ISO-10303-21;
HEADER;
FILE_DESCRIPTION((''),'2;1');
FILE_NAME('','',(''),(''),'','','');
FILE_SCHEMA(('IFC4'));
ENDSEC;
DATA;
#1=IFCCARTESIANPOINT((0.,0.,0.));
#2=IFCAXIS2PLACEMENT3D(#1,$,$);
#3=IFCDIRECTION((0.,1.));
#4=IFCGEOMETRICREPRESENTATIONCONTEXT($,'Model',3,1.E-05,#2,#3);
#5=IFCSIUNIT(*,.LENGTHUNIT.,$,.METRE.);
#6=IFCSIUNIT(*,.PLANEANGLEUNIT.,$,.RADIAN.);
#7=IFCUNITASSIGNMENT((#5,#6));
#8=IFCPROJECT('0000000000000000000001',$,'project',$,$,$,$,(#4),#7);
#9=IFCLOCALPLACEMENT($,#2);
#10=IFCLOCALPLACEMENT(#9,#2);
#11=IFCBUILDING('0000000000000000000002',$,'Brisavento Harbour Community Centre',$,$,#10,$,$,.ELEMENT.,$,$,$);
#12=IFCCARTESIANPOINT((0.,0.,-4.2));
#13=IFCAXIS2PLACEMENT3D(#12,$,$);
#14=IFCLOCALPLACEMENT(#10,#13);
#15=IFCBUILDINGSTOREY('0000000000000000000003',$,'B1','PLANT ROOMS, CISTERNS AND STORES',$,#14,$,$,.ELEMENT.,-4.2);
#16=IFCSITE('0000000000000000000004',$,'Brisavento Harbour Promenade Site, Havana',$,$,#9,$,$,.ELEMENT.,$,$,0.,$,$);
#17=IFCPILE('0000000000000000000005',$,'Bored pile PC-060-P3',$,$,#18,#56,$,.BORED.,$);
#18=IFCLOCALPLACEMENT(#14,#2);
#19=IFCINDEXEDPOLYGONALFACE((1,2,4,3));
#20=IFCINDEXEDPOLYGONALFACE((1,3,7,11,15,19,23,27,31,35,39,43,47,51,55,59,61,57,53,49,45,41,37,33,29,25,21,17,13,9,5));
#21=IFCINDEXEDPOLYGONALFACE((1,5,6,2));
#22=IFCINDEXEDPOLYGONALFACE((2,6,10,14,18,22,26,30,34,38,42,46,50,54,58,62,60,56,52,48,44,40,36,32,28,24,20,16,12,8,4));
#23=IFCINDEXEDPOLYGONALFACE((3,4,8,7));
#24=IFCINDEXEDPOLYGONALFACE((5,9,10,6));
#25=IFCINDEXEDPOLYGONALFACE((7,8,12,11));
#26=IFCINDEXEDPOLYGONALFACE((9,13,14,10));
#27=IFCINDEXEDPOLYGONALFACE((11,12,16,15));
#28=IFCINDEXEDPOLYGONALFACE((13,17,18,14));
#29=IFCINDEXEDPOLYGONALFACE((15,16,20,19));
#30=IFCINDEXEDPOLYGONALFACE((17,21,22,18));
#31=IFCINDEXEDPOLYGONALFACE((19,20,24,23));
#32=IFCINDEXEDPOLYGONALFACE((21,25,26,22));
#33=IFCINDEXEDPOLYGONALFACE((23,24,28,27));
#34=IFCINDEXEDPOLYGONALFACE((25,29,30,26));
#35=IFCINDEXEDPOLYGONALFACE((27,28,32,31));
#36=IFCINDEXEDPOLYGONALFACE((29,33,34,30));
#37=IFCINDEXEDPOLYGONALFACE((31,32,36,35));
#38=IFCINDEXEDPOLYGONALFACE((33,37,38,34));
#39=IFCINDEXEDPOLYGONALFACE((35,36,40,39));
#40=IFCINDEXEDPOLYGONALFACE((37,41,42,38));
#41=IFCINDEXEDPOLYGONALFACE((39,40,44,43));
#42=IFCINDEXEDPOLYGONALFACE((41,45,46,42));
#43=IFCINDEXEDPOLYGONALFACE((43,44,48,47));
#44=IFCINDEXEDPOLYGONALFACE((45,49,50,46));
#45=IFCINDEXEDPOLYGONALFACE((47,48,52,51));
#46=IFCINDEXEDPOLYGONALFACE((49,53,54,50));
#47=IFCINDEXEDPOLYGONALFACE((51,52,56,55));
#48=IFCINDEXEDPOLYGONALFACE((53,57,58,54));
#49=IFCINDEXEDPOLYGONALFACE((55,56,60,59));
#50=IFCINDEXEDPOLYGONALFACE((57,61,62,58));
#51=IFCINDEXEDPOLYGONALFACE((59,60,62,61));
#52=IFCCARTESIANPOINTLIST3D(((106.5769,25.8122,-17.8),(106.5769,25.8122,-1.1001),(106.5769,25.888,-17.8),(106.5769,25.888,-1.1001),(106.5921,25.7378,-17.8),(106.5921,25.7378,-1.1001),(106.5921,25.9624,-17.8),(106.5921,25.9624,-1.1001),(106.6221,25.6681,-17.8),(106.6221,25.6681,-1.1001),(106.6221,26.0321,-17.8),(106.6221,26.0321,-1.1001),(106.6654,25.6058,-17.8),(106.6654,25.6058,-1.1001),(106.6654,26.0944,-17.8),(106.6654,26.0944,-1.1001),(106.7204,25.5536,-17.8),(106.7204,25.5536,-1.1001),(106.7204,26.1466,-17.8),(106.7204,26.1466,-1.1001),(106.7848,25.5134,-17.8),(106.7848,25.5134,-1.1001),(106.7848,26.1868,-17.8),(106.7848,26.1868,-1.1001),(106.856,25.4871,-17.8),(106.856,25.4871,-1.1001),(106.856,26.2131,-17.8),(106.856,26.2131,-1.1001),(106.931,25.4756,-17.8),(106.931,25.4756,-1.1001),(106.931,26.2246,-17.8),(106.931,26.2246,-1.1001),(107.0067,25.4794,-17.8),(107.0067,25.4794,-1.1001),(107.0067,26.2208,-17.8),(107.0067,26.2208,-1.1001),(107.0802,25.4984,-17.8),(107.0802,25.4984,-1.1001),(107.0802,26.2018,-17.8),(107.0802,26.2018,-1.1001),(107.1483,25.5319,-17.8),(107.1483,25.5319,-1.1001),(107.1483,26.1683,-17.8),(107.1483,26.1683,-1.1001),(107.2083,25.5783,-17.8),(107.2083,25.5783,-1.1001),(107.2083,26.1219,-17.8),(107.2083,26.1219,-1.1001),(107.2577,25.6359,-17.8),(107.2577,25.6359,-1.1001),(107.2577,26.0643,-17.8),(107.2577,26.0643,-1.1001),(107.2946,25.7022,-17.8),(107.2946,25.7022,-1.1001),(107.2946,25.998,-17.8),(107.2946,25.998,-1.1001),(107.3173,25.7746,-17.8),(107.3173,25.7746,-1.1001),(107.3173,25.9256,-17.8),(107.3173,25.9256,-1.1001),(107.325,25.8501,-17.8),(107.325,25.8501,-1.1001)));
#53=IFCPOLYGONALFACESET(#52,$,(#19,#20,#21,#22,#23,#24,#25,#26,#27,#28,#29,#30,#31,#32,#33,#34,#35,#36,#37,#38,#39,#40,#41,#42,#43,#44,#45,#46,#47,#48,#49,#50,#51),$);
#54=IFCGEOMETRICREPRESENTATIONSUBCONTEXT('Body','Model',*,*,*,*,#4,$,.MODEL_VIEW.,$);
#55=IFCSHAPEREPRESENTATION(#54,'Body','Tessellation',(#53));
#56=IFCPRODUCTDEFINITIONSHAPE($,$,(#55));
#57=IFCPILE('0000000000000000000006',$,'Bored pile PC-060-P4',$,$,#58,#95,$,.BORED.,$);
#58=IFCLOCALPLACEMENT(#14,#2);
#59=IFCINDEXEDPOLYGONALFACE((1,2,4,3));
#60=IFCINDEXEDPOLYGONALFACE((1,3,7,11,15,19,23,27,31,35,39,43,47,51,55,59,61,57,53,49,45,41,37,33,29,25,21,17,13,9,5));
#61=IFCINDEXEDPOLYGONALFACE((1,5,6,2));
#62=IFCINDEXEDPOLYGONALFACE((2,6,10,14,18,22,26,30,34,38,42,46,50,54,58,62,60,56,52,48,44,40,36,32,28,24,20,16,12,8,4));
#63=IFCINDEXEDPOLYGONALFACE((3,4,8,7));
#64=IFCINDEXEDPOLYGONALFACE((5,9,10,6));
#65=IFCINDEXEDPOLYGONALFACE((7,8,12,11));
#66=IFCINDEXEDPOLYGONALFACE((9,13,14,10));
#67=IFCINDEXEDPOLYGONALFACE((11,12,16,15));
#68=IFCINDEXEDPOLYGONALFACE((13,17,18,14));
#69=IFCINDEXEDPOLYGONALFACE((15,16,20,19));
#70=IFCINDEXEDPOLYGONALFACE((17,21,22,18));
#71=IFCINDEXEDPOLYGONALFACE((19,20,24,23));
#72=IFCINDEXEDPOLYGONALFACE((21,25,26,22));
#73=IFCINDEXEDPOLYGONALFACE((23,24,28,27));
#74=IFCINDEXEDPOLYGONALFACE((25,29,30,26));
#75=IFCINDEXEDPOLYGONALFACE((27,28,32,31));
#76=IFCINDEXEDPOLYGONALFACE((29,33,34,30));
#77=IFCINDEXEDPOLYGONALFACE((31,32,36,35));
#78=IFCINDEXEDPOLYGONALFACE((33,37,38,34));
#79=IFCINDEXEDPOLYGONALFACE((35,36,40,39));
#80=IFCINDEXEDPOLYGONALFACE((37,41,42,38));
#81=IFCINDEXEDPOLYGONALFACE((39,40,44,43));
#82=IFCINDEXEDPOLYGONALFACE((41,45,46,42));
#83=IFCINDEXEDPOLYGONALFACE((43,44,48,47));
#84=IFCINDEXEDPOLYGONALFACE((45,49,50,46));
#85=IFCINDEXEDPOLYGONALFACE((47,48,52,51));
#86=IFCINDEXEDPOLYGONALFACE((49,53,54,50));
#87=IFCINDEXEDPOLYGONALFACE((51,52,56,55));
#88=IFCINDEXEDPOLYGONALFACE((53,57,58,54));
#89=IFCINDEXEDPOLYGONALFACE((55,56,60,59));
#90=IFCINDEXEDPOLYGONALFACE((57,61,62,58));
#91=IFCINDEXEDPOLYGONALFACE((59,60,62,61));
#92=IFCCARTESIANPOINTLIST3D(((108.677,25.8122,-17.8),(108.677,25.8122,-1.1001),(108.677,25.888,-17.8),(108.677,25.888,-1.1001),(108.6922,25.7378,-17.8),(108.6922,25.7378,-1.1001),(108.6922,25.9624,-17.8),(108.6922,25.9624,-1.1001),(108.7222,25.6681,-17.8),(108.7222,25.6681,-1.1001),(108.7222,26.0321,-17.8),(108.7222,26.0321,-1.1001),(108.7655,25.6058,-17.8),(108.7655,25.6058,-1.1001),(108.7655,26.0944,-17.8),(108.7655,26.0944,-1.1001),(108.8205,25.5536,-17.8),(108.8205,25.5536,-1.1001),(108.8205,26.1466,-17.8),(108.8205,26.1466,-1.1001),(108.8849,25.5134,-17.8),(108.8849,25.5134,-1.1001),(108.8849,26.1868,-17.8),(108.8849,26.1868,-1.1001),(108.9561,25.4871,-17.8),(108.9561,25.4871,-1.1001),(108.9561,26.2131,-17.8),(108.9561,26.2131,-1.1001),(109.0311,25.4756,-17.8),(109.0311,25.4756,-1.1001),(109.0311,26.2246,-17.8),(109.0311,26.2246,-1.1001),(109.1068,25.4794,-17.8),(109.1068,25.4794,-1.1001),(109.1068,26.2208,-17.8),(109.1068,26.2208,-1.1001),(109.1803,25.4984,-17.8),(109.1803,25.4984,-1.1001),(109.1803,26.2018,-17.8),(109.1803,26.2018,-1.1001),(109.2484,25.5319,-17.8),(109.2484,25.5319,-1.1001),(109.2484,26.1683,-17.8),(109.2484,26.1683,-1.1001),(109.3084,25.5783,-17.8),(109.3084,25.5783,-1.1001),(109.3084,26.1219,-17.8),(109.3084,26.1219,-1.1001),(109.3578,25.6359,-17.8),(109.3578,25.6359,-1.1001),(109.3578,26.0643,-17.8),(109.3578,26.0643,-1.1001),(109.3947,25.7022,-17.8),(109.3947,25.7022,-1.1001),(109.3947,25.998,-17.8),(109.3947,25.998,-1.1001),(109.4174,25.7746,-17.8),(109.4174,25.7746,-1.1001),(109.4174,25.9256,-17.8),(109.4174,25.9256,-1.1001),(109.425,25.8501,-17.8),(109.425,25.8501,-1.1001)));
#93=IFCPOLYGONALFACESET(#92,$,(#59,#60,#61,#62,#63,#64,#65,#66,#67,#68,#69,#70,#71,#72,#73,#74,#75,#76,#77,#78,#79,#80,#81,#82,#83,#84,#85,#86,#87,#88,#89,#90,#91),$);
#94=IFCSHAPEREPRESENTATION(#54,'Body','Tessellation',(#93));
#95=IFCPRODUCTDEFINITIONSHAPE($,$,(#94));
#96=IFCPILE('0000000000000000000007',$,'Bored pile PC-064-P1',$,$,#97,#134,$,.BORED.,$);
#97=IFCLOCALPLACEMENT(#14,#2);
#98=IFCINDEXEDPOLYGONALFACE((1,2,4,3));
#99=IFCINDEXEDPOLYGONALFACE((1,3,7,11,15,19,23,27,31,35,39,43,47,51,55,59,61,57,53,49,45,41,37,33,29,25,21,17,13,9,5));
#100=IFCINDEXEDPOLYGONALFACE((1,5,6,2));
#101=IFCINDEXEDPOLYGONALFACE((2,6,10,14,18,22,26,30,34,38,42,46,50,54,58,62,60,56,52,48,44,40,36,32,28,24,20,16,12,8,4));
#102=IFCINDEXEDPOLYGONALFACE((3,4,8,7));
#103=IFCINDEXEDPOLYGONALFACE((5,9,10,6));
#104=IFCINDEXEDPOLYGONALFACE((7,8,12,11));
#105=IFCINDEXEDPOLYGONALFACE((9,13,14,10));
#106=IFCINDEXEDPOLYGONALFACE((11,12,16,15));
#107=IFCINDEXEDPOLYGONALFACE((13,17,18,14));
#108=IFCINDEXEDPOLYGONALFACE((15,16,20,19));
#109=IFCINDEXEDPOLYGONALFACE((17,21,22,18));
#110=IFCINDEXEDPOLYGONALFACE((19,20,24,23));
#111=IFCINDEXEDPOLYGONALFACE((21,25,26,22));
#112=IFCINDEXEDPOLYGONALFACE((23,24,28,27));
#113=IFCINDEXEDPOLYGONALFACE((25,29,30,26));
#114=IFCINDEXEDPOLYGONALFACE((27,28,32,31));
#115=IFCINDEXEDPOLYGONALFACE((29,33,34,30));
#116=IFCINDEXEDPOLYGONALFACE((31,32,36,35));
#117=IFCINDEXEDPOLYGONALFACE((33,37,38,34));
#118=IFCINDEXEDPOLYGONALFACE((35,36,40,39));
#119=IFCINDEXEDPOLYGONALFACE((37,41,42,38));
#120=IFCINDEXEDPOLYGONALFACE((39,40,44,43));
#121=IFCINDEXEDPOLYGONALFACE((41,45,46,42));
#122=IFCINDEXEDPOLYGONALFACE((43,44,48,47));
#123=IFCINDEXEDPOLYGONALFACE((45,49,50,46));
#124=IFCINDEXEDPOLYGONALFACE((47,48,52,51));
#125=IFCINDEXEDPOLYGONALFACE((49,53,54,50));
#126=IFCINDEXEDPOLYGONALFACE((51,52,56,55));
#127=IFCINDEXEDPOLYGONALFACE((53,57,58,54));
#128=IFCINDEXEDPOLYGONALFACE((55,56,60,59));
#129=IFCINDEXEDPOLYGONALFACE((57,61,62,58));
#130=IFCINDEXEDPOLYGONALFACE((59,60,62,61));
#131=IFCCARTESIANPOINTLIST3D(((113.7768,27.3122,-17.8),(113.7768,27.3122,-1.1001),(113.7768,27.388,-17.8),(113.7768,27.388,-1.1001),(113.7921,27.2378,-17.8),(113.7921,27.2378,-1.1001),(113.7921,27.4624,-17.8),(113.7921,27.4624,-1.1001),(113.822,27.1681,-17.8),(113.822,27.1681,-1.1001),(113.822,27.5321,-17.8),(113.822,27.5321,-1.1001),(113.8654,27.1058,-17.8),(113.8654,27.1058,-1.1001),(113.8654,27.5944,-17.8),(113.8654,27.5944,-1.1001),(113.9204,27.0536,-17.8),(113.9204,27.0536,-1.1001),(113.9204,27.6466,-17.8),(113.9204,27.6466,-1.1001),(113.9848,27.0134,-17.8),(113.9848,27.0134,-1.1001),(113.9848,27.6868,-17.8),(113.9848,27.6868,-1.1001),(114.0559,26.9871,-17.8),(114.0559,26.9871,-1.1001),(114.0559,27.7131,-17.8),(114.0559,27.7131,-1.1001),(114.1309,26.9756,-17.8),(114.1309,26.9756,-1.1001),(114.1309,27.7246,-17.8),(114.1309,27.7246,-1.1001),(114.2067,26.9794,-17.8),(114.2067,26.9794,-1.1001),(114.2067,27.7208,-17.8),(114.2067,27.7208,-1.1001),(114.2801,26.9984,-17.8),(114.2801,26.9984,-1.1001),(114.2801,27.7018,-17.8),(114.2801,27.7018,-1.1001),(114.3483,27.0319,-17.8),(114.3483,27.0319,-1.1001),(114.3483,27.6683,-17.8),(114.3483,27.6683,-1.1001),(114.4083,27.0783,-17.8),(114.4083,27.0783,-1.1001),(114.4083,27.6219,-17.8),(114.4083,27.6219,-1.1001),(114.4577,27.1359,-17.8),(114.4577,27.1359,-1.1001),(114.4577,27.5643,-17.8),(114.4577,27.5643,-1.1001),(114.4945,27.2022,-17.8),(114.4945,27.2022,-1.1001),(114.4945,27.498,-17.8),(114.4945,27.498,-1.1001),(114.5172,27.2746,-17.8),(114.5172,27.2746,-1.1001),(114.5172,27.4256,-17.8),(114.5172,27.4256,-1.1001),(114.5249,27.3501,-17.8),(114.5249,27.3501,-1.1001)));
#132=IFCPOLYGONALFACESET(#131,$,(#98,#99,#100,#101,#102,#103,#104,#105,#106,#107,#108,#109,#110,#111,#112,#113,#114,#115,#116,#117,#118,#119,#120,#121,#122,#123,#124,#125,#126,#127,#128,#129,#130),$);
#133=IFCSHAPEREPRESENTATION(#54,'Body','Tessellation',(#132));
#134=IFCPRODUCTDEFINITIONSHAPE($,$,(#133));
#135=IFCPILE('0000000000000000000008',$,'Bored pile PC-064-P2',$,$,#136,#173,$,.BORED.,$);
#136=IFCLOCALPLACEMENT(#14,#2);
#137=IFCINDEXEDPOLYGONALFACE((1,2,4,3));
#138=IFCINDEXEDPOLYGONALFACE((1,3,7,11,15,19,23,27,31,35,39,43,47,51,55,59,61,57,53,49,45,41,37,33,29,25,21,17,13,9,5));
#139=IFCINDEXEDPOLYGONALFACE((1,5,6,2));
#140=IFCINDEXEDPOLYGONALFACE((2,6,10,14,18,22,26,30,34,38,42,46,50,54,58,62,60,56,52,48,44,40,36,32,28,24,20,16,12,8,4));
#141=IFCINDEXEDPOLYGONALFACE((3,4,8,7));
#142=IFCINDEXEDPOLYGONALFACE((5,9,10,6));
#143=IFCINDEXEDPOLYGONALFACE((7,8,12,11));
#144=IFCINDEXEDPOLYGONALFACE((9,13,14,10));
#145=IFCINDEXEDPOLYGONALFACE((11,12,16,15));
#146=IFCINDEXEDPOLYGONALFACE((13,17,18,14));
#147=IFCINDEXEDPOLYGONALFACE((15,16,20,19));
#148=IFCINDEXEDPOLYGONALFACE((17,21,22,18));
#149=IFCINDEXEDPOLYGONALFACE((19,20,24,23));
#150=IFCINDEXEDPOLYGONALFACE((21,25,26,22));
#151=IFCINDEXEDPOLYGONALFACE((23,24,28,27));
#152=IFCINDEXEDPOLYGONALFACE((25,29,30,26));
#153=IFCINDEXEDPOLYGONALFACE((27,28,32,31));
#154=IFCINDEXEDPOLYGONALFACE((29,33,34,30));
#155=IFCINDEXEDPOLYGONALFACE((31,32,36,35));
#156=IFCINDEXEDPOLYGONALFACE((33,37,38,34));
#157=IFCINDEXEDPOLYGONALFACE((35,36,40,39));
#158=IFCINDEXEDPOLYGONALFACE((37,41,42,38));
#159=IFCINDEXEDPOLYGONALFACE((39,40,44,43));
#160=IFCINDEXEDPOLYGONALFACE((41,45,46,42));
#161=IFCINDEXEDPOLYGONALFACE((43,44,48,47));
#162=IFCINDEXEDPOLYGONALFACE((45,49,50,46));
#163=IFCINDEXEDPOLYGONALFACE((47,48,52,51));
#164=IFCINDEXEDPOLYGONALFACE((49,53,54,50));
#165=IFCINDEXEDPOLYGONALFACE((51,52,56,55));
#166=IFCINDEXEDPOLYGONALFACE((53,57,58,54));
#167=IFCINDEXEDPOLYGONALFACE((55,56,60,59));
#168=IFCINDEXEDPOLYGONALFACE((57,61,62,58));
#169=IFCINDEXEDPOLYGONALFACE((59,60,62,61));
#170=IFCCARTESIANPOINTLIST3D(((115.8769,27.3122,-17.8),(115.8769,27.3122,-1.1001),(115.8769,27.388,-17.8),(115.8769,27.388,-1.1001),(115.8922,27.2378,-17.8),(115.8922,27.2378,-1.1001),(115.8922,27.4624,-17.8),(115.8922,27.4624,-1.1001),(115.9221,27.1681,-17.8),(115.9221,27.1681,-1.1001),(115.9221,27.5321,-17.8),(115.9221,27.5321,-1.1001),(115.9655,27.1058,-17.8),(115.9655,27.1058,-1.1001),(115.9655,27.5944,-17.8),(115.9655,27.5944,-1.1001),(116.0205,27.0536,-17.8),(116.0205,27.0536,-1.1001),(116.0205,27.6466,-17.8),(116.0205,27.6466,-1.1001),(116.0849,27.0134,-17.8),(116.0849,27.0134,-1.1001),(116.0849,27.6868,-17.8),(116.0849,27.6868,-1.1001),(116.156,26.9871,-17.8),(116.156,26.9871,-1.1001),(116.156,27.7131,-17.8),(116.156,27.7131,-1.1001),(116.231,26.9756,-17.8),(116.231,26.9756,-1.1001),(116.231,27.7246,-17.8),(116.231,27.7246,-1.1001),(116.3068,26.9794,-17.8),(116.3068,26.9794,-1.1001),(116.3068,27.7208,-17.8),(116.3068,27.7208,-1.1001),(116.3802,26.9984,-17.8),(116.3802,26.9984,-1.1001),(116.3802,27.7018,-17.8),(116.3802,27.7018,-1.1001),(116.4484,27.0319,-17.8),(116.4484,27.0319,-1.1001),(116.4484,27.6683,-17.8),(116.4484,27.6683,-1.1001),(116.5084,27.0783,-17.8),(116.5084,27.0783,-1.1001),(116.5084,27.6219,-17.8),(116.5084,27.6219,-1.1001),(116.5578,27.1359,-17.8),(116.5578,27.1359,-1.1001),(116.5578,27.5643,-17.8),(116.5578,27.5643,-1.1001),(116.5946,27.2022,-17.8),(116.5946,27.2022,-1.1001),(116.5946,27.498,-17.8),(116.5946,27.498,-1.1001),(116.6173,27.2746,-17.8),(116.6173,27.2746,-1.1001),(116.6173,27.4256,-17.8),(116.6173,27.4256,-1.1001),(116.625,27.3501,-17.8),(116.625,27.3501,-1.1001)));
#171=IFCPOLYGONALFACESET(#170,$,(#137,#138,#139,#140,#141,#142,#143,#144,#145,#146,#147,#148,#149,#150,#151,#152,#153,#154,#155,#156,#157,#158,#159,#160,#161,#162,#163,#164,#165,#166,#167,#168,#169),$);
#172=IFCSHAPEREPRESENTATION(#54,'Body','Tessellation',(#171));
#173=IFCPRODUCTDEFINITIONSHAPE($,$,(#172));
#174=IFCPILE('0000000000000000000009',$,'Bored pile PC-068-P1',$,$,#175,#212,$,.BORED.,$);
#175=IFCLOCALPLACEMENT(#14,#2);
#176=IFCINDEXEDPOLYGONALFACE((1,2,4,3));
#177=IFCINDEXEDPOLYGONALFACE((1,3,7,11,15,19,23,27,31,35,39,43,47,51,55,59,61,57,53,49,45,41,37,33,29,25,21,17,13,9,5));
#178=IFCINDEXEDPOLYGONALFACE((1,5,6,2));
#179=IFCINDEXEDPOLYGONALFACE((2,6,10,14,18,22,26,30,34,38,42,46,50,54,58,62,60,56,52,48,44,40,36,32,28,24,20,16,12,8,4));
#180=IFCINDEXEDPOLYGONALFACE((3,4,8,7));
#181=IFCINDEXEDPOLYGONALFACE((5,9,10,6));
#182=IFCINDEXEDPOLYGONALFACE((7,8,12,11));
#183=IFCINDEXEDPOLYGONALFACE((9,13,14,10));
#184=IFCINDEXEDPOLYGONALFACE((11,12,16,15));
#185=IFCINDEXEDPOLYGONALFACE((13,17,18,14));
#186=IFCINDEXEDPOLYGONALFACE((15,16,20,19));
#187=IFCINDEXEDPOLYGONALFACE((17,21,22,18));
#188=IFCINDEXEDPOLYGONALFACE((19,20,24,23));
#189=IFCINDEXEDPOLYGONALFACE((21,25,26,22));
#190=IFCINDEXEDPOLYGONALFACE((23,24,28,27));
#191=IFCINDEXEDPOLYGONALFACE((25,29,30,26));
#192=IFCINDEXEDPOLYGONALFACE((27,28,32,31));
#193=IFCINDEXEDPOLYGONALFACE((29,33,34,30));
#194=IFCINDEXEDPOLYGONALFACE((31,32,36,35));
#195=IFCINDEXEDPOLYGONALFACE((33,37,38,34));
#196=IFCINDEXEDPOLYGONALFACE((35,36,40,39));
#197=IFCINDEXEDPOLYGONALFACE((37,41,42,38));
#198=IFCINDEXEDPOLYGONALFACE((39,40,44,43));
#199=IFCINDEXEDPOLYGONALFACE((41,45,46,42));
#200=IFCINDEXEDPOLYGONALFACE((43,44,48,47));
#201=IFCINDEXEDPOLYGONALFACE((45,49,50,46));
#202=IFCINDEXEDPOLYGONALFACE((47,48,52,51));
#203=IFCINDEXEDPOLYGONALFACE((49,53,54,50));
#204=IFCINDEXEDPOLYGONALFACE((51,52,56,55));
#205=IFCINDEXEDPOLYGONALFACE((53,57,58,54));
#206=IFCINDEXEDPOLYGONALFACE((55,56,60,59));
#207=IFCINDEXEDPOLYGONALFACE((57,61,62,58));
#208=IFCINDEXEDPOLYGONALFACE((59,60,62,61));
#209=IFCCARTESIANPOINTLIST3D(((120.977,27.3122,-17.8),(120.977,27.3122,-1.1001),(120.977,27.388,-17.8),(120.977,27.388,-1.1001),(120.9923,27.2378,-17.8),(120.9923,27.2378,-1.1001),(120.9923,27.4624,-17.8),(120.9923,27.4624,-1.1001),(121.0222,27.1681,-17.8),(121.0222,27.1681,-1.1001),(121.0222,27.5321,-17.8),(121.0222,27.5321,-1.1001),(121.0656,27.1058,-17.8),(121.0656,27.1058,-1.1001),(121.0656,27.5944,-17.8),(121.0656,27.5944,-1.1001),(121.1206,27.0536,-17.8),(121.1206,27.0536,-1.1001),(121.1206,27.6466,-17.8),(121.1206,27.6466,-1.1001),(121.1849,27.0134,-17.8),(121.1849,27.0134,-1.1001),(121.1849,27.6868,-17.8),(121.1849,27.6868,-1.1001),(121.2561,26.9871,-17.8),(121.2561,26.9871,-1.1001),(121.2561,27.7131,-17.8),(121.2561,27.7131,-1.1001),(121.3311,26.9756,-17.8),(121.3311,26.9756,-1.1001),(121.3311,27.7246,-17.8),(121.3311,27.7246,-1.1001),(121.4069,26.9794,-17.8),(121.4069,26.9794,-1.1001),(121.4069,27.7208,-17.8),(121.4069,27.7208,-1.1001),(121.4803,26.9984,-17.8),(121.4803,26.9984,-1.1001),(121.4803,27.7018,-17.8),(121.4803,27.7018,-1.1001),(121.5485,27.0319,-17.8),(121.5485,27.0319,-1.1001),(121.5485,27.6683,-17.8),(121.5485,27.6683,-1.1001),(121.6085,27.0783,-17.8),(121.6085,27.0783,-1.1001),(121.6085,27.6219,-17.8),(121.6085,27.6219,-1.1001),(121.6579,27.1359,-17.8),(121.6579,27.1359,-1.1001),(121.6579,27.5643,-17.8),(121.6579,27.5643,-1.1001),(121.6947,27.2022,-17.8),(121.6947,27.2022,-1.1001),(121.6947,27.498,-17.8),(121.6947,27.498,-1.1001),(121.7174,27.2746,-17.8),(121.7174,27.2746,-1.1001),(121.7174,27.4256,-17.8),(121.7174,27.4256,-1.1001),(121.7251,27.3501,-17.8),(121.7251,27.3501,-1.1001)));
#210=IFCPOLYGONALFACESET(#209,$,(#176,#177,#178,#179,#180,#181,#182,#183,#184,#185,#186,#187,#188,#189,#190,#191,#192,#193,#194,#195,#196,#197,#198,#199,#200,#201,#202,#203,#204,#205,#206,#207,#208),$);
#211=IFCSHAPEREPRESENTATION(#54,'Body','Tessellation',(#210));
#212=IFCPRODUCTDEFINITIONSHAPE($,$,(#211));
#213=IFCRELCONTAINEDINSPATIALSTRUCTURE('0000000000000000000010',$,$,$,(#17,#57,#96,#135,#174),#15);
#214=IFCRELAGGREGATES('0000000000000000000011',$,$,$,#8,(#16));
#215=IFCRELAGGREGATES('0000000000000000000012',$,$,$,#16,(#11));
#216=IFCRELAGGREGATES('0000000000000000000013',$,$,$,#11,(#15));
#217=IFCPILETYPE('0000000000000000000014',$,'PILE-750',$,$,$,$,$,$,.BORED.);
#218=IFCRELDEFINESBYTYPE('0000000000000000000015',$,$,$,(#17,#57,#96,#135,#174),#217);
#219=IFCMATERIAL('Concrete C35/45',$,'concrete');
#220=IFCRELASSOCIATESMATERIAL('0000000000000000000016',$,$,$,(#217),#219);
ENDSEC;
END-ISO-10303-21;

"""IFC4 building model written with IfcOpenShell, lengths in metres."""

from ifc_helpers import new_model, si_unit, direction, frame, origin, origin_2d, place, context, subcontext, project, spatial, circle, extrude, material, material_profile, profile_set, type_object, element, save


model = new_model("IFC4")

# Units and contexts
model_context = context("Model", 3, precision=1e-05, world=origin(), true_north=direction((0.0, 1.0)))
body_context = subcontext(model_context, "Body", "Model", "MODEL_VIEW")
ifc_project = project(units=[si_unit("LENGTHUNIT", "METRE"), si_unit("PLANEANGLEUNIT", "RADIAN")], contexts=[model_context])

# Site, building, storey
site_placement = place(None, origin())
site = spatial("IfcSite", under=ifc_project, at=site_placement, Name="Brisavento Harbour Promenade Site, Havana", CompositionType="ELEMENT", RefElevation=0.0)
building_placement = place(site_placement, origin())
building = spatial("IfcBuilding", under=site, at=building_placement, Name="Brisavento Harbour Community Centre", CompositionType="ELEMENT")
storey_placement = place(building_placement, frame((0.0, 0.0, -4.2)))
storey = spatial("IfcBuildingStorey", under=building, at=storey_placement, Name="B1", Description="PLANT ROOMS, CISTERNS AND STORES", CompositionType="ELEMENT", Elevation=-4.2)

# Shared definitions
ifc_material_1 = material(Name="Concrete C35/45", Category="concrete")

# Piles
ifc_material_profile_1 = material_profile(ifc_material_1, circle(Radius=0.375, at=origin_2d()), Name="Concrete C35/45")
ifc_profile_set_1 = profile_set([ifc_material_profile_1], Name="Concrete C35/45")
pile_type = type_object("IfcPileType", Name="PILE-750", PredefinedType="BORED", material=ifc_profile_set_1)
for number, where, z_axis, x_axis, name in (
    (1, (106.95, 25.8501, -1.1001), (0.0, 0.0, -1.0), (1.0, 0.0, 0.0), "Bored pile PC-060-P3"),
    (2, (109.05, 25.8501, -1.1001), (0.0, 0.0, -1.0), (1.0, 0.0, 0.0), "Bored pile PC-060-P4"),
    (3, (114.1499, 27.3501, -1.1001), (0.0, 0.0, -1.0), (1.0, 0.0, 0.0), "Bored pile PC-064-P1"),
    (4, (116.25, 27.3501, -1.1001), (0.0, 0.0, -1.0), (1.0, 0.0, 0.0), "Bored pile PC-064-P2"),
    (5, (121.3501, 27.3501, -1.1001), (0.0, 0.0, -1.0), (1.0, 0.0, 0.0), "Bored pile PC-068-P1"),
):
    element("IfcPile", number, at=place(storey_placement, frame(where, z_axis=z_axis, x_axis=x_axis)), inside=storey, type_object=pile_type, Name=name, PredefinedType="BORED", context=body_context, shape_type="SweptSolid", body=[
        extrude(circle(Radius=0.375, at=origin_2d()), origin(), (0.0, 0.0, 1.0), 16.7),
    ])

save(model, "model.ifc")
